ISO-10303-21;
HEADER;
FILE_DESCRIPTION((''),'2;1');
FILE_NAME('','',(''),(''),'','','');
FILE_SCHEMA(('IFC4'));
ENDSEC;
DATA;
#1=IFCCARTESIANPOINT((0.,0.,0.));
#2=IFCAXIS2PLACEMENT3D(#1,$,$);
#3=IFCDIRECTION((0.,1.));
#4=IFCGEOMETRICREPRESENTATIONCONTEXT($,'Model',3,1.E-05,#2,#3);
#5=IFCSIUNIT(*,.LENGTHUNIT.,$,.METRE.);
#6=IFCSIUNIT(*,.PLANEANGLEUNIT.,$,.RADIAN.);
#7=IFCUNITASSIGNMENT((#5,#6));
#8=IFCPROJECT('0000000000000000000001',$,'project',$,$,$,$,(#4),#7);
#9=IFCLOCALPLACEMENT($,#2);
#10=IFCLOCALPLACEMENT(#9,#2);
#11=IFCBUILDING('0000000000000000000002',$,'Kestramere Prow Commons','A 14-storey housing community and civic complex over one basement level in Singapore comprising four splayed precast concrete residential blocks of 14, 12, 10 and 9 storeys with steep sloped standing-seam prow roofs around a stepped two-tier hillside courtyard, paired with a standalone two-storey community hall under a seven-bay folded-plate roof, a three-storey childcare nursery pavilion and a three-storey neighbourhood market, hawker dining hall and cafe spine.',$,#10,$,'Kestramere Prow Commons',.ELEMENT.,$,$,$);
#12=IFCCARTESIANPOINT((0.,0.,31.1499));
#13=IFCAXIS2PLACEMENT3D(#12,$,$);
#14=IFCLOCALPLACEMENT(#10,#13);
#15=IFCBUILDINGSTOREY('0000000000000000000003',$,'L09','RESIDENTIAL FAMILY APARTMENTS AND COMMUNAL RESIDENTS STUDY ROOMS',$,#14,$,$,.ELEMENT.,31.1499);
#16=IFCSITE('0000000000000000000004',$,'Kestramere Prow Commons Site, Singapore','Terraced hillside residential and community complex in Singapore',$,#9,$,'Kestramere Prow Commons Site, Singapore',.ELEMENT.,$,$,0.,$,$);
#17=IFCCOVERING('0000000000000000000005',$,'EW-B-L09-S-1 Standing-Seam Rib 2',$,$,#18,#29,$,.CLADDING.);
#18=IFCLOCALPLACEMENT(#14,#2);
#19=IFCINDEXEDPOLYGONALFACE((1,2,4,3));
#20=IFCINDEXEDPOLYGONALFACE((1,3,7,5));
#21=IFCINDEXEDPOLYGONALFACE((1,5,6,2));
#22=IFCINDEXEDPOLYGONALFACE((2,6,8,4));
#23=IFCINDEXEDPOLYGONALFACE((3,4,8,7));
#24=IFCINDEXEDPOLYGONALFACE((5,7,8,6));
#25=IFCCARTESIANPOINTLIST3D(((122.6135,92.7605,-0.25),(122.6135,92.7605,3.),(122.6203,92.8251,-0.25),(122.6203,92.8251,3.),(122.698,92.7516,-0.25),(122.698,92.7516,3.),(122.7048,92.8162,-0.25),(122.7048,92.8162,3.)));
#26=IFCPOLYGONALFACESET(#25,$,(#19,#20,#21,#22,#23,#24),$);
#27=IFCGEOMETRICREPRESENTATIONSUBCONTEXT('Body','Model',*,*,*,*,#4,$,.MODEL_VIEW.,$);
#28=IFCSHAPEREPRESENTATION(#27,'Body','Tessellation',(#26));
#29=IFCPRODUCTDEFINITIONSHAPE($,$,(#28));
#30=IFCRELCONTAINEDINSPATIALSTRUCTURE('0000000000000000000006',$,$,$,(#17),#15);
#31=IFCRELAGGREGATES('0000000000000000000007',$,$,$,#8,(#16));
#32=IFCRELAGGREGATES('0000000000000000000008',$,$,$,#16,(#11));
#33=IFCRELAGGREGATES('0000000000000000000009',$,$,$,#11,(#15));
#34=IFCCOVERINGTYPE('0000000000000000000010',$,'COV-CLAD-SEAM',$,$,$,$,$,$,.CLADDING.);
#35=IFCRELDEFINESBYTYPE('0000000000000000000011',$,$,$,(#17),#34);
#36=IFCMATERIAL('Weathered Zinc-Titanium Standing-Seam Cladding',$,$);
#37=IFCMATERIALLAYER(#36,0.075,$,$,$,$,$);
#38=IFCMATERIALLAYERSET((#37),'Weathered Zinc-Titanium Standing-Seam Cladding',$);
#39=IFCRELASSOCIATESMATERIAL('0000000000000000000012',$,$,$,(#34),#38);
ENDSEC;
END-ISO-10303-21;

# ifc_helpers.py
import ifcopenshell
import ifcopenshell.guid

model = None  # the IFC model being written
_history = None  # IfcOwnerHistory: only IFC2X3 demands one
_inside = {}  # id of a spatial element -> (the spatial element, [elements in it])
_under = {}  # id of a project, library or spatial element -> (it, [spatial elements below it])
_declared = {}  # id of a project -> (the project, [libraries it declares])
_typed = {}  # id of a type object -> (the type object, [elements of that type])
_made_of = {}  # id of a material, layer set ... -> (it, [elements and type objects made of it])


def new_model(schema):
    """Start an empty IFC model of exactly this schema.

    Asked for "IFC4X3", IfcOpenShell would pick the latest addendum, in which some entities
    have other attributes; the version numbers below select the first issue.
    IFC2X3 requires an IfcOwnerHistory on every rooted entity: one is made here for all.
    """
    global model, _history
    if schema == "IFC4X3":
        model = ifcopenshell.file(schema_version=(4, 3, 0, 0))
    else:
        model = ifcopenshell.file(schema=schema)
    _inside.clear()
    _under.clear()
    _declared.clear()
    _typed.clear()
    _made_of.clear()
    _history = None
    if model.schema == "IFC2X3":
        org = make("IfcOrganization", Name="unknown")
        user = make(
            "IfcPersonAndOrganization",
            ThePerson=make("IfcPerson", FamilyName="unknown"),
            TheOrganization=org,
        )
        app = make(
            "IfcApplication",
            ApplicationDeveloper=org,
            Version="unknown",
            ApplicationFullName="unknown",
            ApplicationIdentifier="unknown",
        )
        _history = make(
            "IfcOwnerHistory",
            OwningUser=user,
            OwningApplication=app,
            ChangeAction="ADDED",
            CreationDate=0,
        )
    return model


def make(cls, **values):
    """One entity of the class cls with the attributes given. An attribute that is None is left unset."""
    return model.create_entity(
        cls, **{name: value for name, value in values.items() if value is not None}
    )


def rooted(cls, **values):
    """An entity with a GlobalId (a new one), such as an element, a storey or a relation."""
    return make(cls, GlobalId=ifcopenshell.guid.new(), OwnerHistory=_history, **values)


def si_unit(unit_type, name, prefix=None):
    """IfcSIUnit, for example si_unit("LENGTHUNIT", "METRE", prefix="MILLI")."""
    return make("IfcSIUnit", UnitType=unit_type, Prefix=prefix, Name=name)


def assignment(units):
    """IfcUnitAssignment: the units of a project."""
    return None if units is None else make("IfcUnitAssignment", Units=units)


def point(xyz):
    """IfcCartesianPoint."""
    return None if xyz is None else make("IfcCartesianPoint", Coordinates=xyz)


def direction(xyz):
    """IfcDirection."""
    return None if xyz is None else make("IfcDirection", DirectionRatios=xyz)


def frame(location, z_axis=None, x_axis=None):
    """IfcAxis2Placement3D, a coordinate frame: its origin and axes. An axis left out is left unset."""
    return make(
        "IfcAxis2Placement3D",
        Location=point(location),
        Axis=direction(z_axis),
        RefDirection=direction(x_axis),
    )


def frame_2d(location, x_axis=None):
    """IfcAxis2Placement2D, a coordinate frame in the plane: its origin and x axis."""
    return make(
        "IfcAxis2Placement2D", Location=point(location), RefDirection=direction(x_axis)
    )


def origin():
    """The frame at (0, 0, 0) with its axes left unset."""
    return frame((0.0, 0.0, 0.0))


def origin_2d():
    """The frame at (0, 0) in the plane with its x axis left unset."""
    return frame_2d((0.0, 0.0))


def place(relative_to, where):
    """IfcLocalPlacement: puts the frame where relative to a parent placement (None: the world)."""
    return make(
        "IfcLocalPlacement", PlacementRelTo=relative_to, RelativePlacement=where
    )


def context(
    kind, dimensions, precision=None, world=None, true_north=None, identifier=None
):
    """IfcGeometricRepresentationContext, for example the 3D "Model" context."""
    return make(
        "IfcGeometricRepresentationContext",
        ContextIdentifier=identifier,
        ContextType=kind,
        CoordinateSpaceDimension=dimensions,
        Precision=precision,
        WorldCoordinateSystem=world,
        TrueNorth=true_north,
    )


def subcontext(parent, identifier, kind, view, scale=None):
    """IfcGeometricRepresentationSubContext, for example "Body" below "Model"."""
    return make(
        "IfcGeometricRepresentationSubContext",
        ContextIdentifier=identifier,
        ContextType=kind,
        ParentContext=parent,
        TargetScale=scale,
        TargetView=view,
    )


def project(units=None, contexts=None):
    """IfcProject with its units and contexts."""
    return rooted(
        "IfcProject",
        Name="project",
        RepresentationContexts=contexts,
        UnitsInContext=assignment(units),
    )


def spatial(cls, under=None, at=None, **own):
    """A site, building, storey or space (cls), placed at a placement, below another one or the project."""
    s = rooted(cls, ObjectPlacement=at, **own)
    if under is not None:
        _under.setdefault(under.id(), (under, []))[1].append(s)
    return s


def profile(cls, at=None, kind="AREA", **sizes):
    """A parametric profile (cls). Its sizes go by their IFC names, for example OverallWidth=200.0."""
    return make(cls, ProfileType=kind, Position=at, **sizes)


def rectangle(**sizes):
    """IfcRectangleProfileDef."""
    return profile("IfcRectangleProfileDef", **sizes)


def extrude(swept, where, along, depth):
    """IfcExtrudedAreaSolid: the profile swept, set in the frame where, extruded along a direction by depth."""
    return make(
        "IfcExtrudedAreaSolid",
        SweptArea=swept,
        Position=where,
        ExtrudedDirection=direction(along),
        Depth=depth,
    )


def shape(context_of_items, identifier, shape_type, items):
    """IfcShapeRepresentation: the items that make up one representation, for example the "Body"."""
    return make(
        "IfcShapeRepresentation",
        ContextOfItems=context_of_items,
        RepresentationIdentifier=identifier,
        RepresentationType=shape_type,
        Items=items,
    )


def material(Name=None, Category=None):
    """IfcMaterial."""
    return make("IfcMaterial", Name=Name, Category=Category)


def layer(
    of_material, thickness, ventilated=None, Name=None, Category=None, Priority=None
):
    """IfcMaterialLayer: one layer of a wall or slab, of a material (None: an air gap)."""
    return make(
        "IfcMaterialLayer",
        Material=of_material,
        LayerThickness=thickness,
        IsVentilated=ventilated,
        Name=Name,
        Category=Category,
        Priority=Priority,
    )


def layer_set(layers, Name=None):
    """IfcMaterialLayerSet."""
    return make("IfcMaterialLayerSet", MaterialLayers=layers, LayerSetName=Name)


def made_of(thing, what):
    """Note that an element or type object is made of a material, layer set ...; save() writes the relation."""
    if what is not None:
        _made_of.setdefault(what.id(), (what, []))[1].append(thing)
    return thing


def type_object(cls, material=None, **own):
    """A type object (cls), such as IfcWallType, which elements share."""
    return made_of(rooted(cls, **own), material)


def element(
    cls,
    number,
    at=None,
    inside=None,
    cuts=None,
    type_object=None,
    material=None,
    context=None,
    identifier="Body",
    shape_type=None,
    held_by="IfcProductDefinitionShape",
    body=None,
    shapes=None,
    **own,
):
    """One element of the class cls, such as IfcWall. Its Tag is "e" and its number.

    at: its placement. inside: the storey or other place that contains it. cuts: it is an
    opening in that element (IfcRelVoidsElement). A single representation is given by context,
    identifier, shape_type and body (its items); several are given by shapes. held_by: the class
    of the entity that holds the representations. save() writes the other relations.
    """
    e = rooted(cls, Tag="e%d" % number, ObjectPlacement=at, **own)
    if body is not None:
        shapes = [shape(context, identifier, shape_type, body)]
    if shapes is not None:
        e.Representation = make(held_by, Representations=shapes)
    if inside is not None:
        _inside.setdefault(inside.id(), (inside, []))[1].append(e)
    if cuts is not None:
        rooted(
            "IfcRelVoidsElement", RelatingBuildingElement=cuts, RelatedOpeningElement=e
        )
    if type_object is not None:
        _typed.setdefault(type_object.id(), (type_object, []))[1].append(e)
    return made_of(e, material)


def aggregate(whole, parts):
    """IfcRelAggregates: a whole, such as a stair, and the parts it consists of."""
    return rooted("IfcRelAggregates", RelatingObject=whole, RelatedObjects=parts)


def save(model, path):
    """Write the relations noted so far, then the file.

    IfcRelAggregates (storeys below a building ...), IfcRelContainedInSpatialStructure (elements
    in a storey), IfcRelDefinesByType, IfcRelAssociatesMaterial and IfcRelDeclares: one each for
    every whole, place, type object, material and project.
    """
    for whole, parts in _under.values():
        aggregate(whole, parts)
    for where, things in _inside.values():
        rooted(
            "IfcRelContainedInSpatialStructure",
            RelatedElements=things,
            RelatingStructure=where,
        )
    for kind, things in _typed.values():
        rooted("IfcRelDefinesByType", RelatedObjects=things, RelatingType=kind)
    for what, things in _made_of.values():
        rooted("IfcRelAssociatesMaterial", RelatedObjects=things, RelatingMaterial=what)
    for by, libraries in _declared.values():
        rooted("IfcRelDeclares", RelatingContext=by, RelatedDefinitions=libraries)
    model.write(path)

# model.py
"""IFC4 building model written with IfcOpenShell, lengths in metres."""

from ifc_helpers import new_model, si_unit, direction, frame, origin, origin_2d, place, context, subcontext, project, spatial, rectangle, extrude, material, layer, layer_set, type_object, element, save


model = new_model("IFC4")

# Units and contexts
model_context = context("Model", 3, precision=1e-05, world=origin(), true_north=direction((0.0, 1.0)))
body_context = subcontext(model_context, "Body", "Model", "MODEL_VIEW")
ifc_project = project(units=[si_unit("LENGTHUNIT", "METRE"), si_unit("PLANEANGLEUNIT", "RADIAN")], contexts=[model_context])

# Site, building, storey
site_placement = place(None, origin())
site = spatial("IfcSite", under=ifc_project, at=site_placement, Name="Kestramere Prow Commons Site, Singapore", Description="Terraced hillside residential and community complex in Singapore", LongName="Kestramere Prow Commons Site, Singapore", CompositionType="ELEMENT", RefElevation=0.0)
building_placement = place(site_placement, origin())
building = spatial("IfcBuilding", under=site, at=building_placement, Name="Kestramere Prow Commons", Description="A 14-storey housing community and civic complex over one basement level in Singapore comprising four splayed precast concrete residential blocks of 14, 12, 10 and 9 storeys with steep sloped standing-seam prow roofs around a stepped two-tier hillside courtyard, paired with a standalone two-storey community hall under a seven-bay folded-plate roof, a three-storey childcare nursery pavilion and a three-storey neighbourhood market, hawker dining hall and cafe spine.", LongName="Kestramere Prow Commons", CompositionType="ELEMENT")
storey_placement = place(building_placement, frame((0.0, 0.0, 31.1499)))
storey = spatial("IfcBuildingStorey", under=building, at=storey_placement, Name="L09", Description="RESIDENTIAL FAMILY APARTMENTS AND COMMUNAL RESIDENTS STUDY ROOMS", CompositionType="ELEMENT", Elevation=31.1499)

# Covering
ifc_material_1 = material(Name="Weathered Zinc-Titanium Standing-Seam Cladding")
ifc_layer_1 = layer(ifc_material_1, 0.075)
ifc_layer_set_1 = layer_set([ifc_layer_1], Name="Weathered Zinc-Titanium Standing-Seam Cladding")
covering_type = type_object("IfcCoveringType", Name="COV-CLAD-SEAM", PredefinedType="CLADDING", material=ifc_layer_set_1)
covering_placement = place(storey_placement, frame((122.6592, 92.7883, -0.25), z_axis=(0.0, 0.0, 1.0), x_axis=(-0.994522, 0.104528, 0.0)))
element("IfcCovering", 1, at=covering_placement, inside=storey, type_object=covering_type, Name="EW-B-L09-S-1 Standing-Seam Rib 2", PredefinedType="CLADDING", context=body_context, shape_type="SweptSolid", body=[
    extrude(rectangle(XDim=0.085, YDim=0.0649, at=origin_2d()), origin(), (0.0, 0.0, 1.0), 3.25),
])

save(model, "model.ifc")
